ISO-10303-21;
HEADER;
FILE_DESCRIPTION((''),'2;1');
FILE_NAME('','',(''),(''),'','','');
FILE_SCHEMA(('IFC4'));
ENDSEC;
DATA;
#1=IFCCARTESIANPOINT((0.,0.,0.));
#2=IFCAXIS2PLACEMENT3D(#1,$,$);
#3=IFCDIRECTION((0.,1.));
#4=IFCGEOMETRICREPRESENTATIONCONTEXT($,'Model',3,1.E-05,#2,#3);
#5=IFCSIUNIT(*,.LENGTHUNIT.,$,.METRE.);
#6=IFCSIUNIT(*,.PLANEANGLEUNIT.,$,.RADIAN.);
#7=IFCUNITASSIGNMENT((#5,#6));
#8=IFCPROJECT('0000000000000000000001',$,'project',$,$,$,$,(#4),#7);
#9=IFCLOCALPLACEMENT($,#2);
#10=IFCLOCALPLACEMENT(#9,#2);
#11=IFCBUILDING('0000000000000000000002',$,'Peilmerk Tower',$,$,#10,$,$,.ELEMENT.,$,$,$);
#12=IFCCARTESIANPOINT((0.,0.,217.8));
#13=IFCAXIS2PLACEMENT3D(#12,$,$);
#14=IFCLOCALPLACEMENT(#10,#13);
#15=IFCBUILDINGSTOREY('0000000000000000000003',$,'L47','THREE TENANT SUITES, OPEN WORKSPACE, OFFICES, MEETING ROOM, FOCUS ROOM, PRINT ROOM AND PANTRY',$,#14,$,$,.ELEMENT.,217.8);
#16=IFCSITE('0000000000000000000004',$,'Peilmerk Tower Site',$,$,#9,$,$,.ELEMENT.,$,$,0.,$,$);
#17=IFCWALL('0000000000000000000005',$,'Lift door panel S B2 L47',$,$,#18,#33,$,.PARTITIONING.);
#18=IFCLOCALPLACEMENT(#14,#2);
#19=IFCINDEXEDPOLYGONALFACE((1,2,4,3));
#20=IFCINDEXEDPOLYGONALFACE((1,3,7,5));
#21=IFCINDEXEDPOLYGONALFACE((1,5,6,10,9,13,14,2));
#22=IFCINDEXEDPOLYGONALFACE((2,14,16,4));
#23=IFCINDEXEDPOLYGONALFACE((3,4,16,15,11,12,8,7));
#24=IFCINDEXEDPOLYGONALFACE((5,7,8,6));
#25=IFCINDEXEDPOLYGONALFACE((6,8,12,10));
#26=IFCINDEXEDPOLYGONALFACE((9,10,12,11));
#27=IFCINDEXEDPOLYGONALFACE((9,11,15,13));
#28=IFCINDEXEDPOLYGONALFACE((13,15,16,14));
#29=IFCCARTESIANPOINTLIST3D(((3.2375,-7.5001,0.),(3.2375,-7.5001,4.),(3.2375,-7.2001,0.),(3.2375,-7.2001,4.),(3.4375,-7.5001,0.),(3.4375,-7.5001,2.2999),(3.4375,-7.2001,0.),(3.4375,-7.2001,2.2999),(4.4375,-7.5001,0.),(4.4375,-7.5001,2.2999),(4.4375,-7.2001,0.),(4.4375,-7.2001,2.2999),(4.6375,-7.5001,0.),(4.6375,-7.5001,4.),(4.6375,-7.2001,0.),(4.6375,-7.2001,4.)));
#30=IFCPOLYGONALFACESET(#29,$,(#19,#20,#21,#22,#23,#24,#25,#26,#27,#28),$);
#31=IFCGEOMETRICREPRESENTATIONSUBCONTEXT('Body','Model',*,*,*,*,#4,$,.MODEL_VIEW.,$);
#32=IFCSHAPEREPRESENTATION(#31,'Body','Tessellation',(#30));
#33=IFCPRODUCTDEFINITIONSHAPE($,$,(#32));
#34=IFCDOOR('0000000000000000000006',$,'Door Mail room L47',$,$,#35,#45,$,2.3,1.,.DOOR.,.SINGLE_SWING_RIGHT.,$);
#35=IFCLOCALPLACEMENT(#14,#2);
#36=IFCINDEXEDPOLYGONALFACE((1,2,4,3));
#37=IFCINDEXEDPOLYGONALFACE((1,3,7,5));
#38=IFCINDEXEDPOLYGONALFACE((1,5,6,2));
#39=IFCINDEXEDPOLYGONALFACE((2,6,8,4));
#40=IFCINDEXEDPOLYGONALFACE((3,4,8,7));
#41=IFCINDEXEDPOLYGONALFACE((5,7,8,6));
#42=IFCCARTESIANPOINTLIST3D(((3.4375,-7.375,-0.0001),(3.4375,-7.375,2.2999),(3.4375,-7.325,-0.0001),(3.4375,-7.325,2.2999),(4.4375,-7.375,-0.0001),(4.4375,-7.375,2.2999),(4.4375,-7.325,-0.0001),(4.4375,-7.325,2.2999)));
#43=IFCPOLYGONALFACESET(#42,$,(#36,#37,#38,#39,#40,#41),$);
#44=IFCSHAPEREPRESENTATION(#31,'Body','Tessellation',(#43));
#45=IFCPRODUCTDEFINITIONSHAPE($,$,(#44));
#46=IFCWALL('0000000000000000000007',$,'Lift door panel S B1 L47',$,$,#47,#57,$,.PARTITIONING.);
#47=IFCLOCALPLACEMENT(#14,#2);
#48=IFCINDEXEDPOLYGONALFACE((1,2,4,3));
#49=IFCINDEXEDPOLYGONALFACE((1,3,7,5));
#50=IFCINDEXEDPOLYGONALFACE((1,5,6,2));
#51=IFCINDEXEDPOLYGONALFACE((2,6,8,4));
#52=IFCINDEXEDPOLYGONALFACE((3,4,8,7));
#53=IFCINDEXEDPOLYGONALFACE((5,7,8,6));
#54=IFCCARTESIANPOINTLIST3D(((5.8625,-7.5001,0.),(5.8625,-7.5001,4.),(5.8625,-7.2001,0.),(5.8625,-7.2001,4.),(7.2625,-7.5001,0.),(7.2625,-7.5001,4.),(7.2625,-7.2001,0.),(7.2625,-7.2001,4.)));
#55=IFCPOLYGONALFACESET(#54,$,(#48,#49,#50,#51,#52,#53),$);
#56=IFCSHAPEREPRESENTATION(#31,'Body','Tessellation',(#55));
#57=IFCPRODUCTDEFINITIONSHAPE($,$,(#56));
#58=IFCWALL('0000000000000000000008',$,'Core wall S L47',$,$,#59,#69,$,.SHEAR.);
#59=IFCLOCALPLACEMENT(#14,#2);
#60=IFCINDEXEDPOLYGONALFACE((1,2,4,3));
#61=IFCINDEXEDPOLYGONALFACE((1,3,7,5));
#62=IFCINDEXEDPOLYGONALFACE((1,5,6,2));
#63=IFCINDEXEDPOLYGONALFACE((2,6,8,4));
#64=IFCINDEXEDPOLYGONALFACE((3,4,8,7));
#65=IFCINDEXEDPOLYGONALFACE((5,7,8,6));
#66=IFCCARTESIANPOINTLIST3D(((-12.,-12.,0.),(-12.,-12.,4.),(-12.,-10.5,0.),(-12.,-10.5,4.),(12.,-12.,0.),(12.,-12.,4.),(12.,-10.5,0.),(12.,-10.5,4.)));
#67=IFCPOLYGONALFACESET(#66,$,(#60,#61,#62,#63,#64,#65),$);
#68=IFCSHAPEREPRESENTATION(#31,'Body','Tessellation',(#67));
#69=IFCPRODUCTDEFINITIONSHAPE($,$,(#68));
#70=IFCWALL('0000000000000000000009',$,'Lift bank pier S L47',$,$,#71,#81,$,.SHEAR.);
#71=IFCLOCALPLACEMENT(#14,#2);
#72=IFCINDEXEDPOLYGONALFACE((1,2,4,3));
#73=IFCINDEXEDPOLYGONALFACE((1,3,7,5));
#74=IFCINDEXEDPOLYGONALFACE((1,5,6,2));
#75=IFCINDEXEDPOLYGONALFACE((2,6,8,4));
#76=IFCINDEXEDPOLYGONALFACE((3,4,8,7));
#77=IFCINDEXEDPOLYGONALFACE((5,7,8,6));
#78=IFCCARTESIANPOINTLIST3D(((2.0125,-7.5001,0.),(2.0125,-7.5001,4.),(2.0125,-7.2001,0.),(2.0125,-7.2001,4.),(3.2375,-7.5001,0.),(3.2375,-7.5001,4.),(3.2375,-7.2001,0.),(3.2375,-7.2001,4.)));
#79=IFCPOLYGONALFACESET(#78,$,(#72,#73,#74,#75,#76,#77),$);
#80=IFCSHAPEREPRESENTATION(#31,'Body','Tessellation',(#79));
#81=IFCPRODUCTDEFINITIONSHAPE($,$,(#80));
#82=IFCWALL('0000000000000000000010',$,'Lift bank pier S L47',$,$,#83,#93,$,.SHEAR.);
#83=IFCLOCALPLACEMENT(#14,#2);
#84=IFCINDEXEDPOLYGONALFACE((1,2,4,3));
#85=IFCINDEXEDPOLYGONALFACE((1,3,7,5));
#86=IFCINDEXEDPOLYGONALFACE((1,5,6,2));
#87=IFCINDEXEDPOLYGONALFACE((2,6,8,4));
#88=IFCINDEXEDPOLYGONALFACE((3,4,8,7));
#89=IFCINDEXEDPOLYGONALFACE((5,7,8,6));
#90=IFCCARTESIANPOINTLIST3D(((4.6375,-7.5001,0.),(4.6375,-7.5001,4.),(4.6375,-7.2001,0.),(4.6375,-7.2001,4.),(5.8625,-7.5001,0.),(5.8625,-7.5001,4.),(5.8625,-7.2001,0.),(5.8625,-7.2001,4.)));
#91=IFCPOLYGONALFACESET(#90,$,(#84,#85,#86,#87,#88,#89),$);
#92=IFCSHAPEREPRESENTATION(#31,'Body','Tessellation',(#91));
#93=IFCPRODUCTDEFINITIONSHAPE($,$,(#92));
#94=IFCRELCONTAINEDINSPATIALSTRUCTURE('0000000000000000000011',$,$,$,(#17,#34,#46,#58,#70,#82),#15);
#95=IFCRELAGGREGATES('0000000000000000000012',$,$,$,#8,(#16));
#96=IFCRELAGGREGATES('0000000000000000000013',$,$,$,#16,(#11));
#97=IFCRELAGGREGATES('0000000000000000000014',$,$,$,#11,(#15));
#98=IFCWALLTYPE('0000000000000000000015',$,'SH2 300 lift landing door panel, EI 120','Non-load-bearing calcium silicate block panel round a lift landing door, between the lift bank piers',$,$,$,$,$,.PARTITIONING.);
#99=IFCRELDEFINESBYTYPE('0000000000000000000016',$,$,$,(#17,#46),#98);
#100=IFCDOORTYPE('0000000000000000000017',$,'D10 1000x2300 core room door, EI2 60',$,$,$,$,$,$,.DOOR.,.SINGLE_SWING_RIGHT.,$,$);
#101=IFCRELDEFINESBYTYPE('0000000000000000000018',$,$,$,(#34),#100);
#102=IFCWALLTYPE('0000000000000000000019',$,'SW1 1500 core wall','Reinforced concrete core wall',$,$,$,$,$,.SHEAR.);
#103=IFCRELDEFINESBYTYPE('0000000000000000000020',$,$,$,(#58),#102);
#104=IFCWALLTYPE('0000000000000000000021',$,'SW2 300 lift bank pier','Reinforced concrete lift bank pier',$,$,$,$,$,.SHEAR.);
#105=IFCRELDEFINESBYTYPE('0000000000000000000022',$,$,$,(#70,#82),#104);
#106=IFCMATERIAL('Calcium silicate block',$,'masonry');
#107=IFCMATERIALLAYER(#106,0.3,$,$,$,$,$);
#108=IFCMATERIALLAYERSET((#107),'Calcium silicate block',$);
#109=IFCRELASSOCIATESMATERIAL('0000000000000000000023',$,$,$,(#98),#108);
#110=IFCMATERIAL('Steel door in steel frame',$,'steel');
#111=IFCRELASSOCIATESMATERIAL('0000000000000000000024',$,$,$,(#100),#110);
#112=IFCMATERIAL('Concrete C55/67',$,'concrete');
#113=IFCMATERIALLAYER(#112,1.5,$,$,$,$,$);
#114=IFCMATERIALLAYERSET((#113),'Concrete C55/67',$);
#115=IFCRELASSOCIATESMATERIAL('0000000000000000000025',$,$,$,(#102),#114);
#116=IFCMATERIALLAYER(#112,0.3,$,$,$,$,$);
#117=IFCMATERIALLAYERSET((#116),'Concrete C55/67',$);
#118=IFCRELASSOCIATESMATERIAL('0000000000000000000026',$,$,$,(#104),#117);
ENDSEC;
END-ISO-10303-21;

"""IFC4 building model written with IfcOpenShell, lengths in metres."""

from ifc_helpers import new_model, si_unit, direction, frame, frame_2d, origin, place, context, subcontext, project, spatial, rectangle, extrude, material, layer, layer_set, type_object, element, fill, save


model = new_model("IFC4")

# Units and contexts
model_context = context("Model", 3, precision=1e-05, world=origin(), true_north=direction((0.0, 1.0)))
body_context = subcontext(model_context, "Body", "Model", "MODEL_VIEW")
ifc_project = project(units=[si_unit("LENGTHUNIT", "METRE"), si_unit("PLANEANGLEUNIT", "RADIAN")], contexts=[model_context])

# Site, building, storey
site_placement = place(None, origin())
site = spatial("IfcSite", under=ifc_project, at=site_placement, Name="Peilmerk Tower Site", CompositionType="ELEMENT", RefElevation=0.0)
building_placement = place(site_placement, origin())
building = spatial("IfcBuilding", under=site, at=building_placement, Name="Peilmerk Tower", CompositionType="ELEMENT")
storey_placement = place(building_placement, frame((0.0, 0.0, 217.8)))
storey = spatial("IfcBuildingStorey", under=building, at=storey_placement, Name="L47", Description="THREE TENANT SUITES, OPEN WORKSPACE, OFFICES, MEETING ROOM, FOCUS ROOM, PRINT ROOM AND PANTRY", CompositionType="ELEMENT", Elevation=217.8)

# Shared definitions
ifc_material_1 = material(Name="Calcium silicate block", Category="masonry")

# Shared definitions
ifc_layer_1 = layer(ifc_material_1, 0.3)
ifc_layer_set_1 = layer_set([ifc_layer_1], Name="Calcium silicate block")
wall_type_1 = type_object("IfcWallType", Name="SH2 300 lift landing door panel, EI 120", Description="Non-load-bearing calcium silicate block panel round a lift landing door, between the lift bank piers", PredefinedType="PARTITIONING", material=ifc_layer_set_1)

# Wall, opening, door
wall_1_placement = place(storey_placement, frame((3.2375, -7.3501, 0.0), z_axis=(0.0, 0.0, 1.0), x_axis=(1.0, 0.0, 0.0)))
wall_1 = element("IfcWall", 1, at=wall_1_placement, inside=storey, type_object=wall_type_1, Name="Lift door panel S B2 L47", PredefinedType="PARTITIONING", context=body_context, shape_type="SweptSolid", body=[
    extrude(rectangle(XDim=1.3999, YDim=0.3, at=frame_2d((0.7, 0.0))), origin(), (0.0, 0.0, 1.0), 4.0),
])
opening_1_placement = place(wall_1_placement, frame((0.2, 0.0, 0.0)))
opening_1 = element("IfcOpeningElement", 2, at=opening_1_placement, cuts=wall_1, PredefinedType="OPENING", context=body_context, shape_type="SweptSolid", body=[
    extrude(rectangle(XDim=1.0, YDim=2.3, at=frame_2d((0.5, 1.1499))), frame((0.0, 0.1599, 0.0), z_axis=(0.0, -1.0, 0.0), x_axis=(1.0, 0.0, 0.0)), (0.0, 0.0, 1.0), 0.3201),
])
ifc_material_2 = material(Name="Steel door in steel frame", Category="steel")
door_type_1 = type_object("IfcDoorType", Name="D10 1000x2300 core room door, EI2 60", OperationType="SINGLE_SWING_RIGHT", PredefinedType="DOOR", material=ifc_material_2)
door_1_placement = place(opening_1_placement, frame((1.0, 0.0, 0.0), z_axis=(0.0, 0.0, 1.0), x_axis=(-1.0, 0.0, 0.0)))
door_1 = element("IfcDoor", 3, at=door_1_placement, inside=storey, type_object=door_type_1, Name="Door Mail room L47", OperationType="SINGLE_SWING_RIGHT", OverallHeight=2.3, OverallWidth=1.0, PredefinedType="DOOR", context=body_context, shape_type="SweptSolid", body=[
    extrude(rectangle(XDim=1.0, YDim=2.3, at=frame_2d((0.5, 1.1499))), frame((0.0, 0.0249, 0.0), z_axis=(0.0, -1.0, 0.0), x_axis=(1.0, 0.0, 0.0)), (0.0, 0.0, 1.0), 0.05),
])
fill(opening_1, door_1)

# Walls
wall_2_placement = place(storey_placement, frame((5.8625, -7.3501, 0.0), z_axis=(0.0, 0.0, 1.0), x_axis=(1.0, 0.0, 0.0)))
element("IfcWall", 4, at=wall_2_placement, inside=storey, type_object=wall_type_1, Name="Lift door panel S B1 L47", PredefinedType="PARTITIONING", context=body_context, shape_type="SweptSolid", body=[
    extrude(rectangle(XDim=1.3999, YDim=0.3, at=frame_2d((0.7, 0.0))), origin(), (0.0, 0.0, 1.0), 4.0),
])
ifc_material_3 = material(Name="Concrete C55/67", Category="concrete")
ifc_layer_2 = layer(ifc_material_3, 1.5)
ifc_layer_set_2 = layer_set([ifc_layer_2], Name="Concrete C55/67")
wall_type_2 = type_object("IfcWallType", Name="SW1 1500 core wall", Description="Reinforced concrete core wall", PredefinedType="SHEAR", material=ifc_layer_set_2)
wall_3_placement = place(storey_placement, frame((12.0, -11.25, 0.0), z_axis=(0.0, 0.0, 1.0), x_axis=(-1.0, 0.0, 0.0)))
element("IfcWall", 5, at=wall_3_placement, inside=storey, type_object=wall_type_2, Name="Core wall S L47", PredefinedType="SHEAR", context=body_context, shape_type="SweptSolid", body=[
    extrude(rectangle(XDim=24.0, YDim=1.5, at=frame_2d((12.0, 0.0))), origin(), (0.0, 0.0, 1.0), 4.0),
])
ifc_layer_3 = layer(ifc_material_3, 0.3)
ifc_layer_set_3 = layer_set([ifc_layer_3], Name="Concrete C55/67")
wall_type_3 = type_object("IfcWallType", Name="SW2 300 lift bank pier", Description="Reinforced concrete lift bank pier", PredefinedType="SHEAR", material=ifc_layer_set_3)
for number, where, z_axis, x_axis, name in (
    (6, (2.0125, -7.3501, 0.0), (0.0, 0.0, 1.0), (1.0, 0.0, 0.0), "Lift bank pier S L47"),
    (7, (4.6375, -7.3501, 0.0), (0.0, 0.0, 1.0), (1.0, 0.0, 0.0), "Lift bank pier S L47"),
):
    element("IfcWall", number, at=place(storey_placement, frame(where, z_axis=z_axis, x_axis=x_axis)), inside=storey, type_object=wall_type_3, Name=name, PredefinedType="SHEAR", context=body_context, shape_type="SweptSolid", body=[
        extrude(rectangle(XDim=1.2251, YDim=0.3, at=frame_2d((0.6125, 0.0))), origin(), (0.0, 0.0, 1.0), 4.0),
    ])

save(model, "model.ifc")
